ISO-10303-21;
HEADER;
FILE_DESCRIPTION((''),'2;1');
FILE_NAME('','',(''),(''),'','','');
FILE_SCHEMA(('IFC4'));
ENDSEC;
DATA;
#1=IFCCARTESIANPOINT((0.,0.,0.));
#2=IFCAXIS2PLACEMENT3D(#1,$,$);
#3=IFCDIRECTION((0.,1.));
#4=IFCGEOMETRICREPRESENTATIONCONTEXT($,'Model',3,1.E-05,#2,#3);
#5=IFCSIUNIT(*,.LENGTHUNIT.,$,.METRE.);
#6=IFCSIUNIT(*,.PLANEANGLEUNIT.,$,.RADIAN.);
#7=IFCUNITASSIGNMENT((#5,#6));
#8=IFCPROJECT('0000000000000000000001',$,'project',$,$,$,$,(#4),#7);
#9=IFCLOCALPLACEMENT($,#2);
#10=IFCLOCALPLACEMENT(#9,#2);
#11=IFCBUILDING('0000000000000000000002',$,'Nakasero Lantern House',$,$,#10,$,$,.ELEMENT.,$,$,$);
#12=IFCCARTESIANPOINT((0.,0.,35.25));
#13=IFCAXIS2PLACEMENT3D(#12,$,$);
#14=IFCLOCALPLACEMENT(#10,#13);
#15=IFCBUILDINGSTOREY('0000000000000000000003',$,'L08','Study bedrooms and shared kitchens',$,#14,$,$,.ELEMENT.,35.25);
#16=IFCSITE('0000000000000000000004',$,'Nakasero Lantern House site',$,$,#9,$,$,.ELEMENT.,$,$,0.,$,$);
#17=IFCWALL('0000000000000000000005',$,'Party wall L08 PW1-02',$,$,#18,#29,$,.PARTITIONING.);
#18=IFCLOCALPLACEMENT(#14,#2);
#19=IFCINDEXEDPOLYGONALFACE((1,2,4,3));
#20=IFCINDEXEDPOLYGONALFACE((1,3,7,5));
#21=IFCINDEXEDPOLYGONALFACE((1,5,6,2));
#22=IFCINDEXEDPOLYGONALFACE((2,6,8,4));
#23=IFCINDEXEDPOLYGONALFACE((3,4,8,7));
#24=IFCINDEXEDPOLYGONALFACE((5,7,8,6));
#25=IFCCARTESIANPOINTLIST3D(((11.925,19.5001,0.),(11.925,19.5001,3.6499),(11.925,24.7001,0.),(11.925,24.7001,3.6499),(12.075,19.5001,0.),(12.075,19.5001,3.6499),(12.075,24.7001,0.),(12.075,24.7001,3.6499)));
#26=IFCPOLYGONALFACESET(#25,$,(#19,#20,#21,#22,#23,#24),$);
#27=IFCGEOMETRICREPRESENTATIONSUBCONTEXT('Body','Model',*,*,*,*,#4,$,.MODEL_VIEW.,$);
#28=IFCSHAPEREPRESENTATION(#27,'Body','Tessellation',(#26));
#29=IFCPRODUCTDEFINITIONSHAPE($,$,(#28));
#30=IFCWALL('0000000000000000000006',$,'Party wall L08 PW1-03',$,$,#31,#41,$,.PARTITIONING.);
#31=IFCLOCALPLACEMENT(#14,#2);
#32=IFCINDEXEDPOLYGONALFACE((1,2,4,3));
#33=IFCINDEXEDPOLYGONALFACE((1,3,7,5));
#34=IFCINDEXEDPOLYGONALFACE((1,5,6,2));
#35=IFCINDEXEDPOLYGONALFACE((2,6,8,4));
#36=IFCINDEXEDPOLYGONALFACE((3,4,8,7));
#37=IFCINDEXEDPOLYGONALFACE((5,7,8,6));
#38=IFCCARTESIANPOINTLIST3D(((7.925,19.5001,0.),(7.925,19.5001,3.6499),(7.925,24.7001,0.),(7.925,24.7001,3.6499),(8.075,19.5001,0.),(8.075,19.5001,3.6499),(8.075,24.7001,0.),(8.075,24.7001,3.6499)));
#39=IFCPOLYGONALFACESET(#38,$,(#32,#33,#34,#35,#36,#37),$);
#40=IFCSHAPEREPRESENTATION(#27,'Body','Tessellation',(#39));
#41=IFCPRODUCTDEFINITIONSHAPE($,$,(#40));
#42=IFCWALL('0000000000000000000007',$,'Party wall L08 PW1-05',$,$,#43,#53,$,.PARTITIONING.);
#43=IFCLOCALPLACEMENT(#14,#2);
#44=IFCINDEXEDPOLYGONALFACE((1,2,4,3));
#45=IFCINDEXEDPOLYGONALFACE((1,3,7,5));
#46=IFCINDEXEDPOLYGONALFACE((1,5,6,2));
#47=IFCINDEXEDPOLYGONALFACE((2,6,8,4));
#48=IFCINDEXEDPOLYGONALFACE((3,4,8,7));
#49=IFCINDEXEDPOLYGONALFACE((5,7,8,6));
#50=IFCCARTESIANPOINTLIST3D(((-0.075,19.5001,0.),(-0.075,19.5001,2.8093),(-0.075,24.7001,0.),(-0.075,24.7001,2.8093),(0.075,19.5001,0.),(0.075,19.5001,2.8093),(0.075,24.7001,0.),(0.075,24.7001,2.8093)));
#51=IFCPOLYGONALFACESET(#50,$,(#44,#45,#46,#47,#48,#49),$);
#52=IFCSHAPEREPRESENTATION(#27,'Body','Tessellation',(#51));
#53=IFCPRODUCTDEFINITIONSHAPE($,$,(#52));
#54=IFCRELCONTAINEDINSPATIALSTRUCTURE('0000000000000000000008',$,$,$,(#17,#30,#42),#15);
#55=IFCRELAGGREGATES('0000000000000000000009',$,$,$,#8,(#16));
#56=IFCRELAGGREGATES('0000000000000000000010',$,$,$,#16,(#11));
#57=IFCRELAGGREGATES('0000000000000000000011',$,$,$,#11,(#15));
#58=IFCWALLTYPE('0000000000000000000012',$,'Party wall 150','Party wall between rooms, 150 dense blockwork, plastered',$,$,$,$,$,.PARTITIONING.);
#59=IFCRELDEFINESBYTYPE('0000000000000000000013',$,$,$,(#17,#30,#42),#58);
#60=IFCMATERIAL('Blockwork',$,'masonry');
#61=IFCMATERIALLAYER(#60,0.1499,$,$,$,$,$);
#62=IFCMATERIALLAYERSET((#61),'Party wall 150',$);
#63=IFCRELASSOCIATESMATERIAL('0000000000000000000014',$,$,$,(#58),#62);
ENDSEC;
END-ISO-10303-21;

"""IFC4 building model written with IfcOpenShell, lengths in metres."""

from ifc_helpers import new_model, si_unit, direction, frame, frame_2d, origin, place, context, subcontext, project, spatial, rectangle, extrude, material, layer, layer_set, type_object, element, save


model = new_model("IFC4")

# Units and contexts
model_context = context("Model", 3, precision=1e-05, world=origin(), true_north=direction((0.0, 1.0)))
body_context = subcontext(model_context, "Body", "Model", "MODEL_VIEW")
ifc_project = project(units=[si_unit("LENGTHUNIT", "METRE"), si_unit("PLANEANGLEUNIT", "RADIAN")], contexts=[model_context])

# Site, building, storey
site_placement = place(None, origin())
site = spatial("IfcSite", under=ifc_project, at=site_placement, Name="Nakasero Lantern House site", CompositionType="ELEMENT", RefElevation=0.0)
building_placement = place(site_placement, origin())
building = spatial("IfcBuilding", under=site, at=building_placement, Name="Nakasero Lantern House", CompositionType="ELEMENT")
storey_placement = place(building_placement, frame((0.0, 0.0, 35.25)))
storey = spatial("IfcBuildingStorey", under=building, at=storey_placement, Name="L08", Description="Study bedrooms and shared kitchens", CompositionType="ELEMENT", Elevation=35.25)

# Walls
ifc_material_1 = material(Name="Blockwork", Category="masonry")
ifc_layer_1 = layer(ifc_material_1, 0.1499)
ifc_layer_set_1 = layer_set([ifc_layer_1], Name="Party wall 150")
wall_type_1 = type_object("IfcWallType", Name="Party wall 150", Description="Party wall between rooms, 150 dense blockwork, plastered", PredefinedType="PARTITIONING", material=ifc_layer_set_1)
for number, where, z_axis, x_axis, name in (
    (1, (12.0, 19.5, 0.0), (0.0, 0.0, 1.0), (0.0, 1.0, 0.0), "Party wall L08 PW1-02"),
    (2, (8.0, 19.5, 0.0), (0.0, 0.0, 1.0), (0.0, 1.0, 0.0), "Party wall L08 PW1-03"),
):
    element("IfcWall", number, at=place(storey_placement, frame(where, z_axis=z_axis, x_axis=x_axis)), inside=storey, type_object=wall_type_1, Name=name, PredefinedType="PARTITIONING", context=body_context, shape_type="SweptSolid", body=[
        extrude(rectangle(XDim=5.2, YDim=0.1499, at=frame_2d((2.6001, 0.0))), origin(), (0.0, 0.0, 1.0), 3.6499),
    ])
wall_1_placement = place(storey_placement, frame((0.0, 19.5, 0.0), z_axis=(0.0, 0.0, 1.0), x_axis=(0.0, 1.0, 0.0)))
element("IfcWall", 3, at=wall_1_placement, inside=storey, type_object=wall_type_1, Name="Party wall L08 PW1-05", PredefinedType="PARTITIONING", context=body_context, shape_type="SweptSolid", body=[
    extrude(rectangle(XDim=5.2, YDim=0.1499, at=frame_2d((2.6001, 0.0))), origin(), (0.0, 0.0, 1.0), 2.8093),
])

save(model, "model.ifc")
